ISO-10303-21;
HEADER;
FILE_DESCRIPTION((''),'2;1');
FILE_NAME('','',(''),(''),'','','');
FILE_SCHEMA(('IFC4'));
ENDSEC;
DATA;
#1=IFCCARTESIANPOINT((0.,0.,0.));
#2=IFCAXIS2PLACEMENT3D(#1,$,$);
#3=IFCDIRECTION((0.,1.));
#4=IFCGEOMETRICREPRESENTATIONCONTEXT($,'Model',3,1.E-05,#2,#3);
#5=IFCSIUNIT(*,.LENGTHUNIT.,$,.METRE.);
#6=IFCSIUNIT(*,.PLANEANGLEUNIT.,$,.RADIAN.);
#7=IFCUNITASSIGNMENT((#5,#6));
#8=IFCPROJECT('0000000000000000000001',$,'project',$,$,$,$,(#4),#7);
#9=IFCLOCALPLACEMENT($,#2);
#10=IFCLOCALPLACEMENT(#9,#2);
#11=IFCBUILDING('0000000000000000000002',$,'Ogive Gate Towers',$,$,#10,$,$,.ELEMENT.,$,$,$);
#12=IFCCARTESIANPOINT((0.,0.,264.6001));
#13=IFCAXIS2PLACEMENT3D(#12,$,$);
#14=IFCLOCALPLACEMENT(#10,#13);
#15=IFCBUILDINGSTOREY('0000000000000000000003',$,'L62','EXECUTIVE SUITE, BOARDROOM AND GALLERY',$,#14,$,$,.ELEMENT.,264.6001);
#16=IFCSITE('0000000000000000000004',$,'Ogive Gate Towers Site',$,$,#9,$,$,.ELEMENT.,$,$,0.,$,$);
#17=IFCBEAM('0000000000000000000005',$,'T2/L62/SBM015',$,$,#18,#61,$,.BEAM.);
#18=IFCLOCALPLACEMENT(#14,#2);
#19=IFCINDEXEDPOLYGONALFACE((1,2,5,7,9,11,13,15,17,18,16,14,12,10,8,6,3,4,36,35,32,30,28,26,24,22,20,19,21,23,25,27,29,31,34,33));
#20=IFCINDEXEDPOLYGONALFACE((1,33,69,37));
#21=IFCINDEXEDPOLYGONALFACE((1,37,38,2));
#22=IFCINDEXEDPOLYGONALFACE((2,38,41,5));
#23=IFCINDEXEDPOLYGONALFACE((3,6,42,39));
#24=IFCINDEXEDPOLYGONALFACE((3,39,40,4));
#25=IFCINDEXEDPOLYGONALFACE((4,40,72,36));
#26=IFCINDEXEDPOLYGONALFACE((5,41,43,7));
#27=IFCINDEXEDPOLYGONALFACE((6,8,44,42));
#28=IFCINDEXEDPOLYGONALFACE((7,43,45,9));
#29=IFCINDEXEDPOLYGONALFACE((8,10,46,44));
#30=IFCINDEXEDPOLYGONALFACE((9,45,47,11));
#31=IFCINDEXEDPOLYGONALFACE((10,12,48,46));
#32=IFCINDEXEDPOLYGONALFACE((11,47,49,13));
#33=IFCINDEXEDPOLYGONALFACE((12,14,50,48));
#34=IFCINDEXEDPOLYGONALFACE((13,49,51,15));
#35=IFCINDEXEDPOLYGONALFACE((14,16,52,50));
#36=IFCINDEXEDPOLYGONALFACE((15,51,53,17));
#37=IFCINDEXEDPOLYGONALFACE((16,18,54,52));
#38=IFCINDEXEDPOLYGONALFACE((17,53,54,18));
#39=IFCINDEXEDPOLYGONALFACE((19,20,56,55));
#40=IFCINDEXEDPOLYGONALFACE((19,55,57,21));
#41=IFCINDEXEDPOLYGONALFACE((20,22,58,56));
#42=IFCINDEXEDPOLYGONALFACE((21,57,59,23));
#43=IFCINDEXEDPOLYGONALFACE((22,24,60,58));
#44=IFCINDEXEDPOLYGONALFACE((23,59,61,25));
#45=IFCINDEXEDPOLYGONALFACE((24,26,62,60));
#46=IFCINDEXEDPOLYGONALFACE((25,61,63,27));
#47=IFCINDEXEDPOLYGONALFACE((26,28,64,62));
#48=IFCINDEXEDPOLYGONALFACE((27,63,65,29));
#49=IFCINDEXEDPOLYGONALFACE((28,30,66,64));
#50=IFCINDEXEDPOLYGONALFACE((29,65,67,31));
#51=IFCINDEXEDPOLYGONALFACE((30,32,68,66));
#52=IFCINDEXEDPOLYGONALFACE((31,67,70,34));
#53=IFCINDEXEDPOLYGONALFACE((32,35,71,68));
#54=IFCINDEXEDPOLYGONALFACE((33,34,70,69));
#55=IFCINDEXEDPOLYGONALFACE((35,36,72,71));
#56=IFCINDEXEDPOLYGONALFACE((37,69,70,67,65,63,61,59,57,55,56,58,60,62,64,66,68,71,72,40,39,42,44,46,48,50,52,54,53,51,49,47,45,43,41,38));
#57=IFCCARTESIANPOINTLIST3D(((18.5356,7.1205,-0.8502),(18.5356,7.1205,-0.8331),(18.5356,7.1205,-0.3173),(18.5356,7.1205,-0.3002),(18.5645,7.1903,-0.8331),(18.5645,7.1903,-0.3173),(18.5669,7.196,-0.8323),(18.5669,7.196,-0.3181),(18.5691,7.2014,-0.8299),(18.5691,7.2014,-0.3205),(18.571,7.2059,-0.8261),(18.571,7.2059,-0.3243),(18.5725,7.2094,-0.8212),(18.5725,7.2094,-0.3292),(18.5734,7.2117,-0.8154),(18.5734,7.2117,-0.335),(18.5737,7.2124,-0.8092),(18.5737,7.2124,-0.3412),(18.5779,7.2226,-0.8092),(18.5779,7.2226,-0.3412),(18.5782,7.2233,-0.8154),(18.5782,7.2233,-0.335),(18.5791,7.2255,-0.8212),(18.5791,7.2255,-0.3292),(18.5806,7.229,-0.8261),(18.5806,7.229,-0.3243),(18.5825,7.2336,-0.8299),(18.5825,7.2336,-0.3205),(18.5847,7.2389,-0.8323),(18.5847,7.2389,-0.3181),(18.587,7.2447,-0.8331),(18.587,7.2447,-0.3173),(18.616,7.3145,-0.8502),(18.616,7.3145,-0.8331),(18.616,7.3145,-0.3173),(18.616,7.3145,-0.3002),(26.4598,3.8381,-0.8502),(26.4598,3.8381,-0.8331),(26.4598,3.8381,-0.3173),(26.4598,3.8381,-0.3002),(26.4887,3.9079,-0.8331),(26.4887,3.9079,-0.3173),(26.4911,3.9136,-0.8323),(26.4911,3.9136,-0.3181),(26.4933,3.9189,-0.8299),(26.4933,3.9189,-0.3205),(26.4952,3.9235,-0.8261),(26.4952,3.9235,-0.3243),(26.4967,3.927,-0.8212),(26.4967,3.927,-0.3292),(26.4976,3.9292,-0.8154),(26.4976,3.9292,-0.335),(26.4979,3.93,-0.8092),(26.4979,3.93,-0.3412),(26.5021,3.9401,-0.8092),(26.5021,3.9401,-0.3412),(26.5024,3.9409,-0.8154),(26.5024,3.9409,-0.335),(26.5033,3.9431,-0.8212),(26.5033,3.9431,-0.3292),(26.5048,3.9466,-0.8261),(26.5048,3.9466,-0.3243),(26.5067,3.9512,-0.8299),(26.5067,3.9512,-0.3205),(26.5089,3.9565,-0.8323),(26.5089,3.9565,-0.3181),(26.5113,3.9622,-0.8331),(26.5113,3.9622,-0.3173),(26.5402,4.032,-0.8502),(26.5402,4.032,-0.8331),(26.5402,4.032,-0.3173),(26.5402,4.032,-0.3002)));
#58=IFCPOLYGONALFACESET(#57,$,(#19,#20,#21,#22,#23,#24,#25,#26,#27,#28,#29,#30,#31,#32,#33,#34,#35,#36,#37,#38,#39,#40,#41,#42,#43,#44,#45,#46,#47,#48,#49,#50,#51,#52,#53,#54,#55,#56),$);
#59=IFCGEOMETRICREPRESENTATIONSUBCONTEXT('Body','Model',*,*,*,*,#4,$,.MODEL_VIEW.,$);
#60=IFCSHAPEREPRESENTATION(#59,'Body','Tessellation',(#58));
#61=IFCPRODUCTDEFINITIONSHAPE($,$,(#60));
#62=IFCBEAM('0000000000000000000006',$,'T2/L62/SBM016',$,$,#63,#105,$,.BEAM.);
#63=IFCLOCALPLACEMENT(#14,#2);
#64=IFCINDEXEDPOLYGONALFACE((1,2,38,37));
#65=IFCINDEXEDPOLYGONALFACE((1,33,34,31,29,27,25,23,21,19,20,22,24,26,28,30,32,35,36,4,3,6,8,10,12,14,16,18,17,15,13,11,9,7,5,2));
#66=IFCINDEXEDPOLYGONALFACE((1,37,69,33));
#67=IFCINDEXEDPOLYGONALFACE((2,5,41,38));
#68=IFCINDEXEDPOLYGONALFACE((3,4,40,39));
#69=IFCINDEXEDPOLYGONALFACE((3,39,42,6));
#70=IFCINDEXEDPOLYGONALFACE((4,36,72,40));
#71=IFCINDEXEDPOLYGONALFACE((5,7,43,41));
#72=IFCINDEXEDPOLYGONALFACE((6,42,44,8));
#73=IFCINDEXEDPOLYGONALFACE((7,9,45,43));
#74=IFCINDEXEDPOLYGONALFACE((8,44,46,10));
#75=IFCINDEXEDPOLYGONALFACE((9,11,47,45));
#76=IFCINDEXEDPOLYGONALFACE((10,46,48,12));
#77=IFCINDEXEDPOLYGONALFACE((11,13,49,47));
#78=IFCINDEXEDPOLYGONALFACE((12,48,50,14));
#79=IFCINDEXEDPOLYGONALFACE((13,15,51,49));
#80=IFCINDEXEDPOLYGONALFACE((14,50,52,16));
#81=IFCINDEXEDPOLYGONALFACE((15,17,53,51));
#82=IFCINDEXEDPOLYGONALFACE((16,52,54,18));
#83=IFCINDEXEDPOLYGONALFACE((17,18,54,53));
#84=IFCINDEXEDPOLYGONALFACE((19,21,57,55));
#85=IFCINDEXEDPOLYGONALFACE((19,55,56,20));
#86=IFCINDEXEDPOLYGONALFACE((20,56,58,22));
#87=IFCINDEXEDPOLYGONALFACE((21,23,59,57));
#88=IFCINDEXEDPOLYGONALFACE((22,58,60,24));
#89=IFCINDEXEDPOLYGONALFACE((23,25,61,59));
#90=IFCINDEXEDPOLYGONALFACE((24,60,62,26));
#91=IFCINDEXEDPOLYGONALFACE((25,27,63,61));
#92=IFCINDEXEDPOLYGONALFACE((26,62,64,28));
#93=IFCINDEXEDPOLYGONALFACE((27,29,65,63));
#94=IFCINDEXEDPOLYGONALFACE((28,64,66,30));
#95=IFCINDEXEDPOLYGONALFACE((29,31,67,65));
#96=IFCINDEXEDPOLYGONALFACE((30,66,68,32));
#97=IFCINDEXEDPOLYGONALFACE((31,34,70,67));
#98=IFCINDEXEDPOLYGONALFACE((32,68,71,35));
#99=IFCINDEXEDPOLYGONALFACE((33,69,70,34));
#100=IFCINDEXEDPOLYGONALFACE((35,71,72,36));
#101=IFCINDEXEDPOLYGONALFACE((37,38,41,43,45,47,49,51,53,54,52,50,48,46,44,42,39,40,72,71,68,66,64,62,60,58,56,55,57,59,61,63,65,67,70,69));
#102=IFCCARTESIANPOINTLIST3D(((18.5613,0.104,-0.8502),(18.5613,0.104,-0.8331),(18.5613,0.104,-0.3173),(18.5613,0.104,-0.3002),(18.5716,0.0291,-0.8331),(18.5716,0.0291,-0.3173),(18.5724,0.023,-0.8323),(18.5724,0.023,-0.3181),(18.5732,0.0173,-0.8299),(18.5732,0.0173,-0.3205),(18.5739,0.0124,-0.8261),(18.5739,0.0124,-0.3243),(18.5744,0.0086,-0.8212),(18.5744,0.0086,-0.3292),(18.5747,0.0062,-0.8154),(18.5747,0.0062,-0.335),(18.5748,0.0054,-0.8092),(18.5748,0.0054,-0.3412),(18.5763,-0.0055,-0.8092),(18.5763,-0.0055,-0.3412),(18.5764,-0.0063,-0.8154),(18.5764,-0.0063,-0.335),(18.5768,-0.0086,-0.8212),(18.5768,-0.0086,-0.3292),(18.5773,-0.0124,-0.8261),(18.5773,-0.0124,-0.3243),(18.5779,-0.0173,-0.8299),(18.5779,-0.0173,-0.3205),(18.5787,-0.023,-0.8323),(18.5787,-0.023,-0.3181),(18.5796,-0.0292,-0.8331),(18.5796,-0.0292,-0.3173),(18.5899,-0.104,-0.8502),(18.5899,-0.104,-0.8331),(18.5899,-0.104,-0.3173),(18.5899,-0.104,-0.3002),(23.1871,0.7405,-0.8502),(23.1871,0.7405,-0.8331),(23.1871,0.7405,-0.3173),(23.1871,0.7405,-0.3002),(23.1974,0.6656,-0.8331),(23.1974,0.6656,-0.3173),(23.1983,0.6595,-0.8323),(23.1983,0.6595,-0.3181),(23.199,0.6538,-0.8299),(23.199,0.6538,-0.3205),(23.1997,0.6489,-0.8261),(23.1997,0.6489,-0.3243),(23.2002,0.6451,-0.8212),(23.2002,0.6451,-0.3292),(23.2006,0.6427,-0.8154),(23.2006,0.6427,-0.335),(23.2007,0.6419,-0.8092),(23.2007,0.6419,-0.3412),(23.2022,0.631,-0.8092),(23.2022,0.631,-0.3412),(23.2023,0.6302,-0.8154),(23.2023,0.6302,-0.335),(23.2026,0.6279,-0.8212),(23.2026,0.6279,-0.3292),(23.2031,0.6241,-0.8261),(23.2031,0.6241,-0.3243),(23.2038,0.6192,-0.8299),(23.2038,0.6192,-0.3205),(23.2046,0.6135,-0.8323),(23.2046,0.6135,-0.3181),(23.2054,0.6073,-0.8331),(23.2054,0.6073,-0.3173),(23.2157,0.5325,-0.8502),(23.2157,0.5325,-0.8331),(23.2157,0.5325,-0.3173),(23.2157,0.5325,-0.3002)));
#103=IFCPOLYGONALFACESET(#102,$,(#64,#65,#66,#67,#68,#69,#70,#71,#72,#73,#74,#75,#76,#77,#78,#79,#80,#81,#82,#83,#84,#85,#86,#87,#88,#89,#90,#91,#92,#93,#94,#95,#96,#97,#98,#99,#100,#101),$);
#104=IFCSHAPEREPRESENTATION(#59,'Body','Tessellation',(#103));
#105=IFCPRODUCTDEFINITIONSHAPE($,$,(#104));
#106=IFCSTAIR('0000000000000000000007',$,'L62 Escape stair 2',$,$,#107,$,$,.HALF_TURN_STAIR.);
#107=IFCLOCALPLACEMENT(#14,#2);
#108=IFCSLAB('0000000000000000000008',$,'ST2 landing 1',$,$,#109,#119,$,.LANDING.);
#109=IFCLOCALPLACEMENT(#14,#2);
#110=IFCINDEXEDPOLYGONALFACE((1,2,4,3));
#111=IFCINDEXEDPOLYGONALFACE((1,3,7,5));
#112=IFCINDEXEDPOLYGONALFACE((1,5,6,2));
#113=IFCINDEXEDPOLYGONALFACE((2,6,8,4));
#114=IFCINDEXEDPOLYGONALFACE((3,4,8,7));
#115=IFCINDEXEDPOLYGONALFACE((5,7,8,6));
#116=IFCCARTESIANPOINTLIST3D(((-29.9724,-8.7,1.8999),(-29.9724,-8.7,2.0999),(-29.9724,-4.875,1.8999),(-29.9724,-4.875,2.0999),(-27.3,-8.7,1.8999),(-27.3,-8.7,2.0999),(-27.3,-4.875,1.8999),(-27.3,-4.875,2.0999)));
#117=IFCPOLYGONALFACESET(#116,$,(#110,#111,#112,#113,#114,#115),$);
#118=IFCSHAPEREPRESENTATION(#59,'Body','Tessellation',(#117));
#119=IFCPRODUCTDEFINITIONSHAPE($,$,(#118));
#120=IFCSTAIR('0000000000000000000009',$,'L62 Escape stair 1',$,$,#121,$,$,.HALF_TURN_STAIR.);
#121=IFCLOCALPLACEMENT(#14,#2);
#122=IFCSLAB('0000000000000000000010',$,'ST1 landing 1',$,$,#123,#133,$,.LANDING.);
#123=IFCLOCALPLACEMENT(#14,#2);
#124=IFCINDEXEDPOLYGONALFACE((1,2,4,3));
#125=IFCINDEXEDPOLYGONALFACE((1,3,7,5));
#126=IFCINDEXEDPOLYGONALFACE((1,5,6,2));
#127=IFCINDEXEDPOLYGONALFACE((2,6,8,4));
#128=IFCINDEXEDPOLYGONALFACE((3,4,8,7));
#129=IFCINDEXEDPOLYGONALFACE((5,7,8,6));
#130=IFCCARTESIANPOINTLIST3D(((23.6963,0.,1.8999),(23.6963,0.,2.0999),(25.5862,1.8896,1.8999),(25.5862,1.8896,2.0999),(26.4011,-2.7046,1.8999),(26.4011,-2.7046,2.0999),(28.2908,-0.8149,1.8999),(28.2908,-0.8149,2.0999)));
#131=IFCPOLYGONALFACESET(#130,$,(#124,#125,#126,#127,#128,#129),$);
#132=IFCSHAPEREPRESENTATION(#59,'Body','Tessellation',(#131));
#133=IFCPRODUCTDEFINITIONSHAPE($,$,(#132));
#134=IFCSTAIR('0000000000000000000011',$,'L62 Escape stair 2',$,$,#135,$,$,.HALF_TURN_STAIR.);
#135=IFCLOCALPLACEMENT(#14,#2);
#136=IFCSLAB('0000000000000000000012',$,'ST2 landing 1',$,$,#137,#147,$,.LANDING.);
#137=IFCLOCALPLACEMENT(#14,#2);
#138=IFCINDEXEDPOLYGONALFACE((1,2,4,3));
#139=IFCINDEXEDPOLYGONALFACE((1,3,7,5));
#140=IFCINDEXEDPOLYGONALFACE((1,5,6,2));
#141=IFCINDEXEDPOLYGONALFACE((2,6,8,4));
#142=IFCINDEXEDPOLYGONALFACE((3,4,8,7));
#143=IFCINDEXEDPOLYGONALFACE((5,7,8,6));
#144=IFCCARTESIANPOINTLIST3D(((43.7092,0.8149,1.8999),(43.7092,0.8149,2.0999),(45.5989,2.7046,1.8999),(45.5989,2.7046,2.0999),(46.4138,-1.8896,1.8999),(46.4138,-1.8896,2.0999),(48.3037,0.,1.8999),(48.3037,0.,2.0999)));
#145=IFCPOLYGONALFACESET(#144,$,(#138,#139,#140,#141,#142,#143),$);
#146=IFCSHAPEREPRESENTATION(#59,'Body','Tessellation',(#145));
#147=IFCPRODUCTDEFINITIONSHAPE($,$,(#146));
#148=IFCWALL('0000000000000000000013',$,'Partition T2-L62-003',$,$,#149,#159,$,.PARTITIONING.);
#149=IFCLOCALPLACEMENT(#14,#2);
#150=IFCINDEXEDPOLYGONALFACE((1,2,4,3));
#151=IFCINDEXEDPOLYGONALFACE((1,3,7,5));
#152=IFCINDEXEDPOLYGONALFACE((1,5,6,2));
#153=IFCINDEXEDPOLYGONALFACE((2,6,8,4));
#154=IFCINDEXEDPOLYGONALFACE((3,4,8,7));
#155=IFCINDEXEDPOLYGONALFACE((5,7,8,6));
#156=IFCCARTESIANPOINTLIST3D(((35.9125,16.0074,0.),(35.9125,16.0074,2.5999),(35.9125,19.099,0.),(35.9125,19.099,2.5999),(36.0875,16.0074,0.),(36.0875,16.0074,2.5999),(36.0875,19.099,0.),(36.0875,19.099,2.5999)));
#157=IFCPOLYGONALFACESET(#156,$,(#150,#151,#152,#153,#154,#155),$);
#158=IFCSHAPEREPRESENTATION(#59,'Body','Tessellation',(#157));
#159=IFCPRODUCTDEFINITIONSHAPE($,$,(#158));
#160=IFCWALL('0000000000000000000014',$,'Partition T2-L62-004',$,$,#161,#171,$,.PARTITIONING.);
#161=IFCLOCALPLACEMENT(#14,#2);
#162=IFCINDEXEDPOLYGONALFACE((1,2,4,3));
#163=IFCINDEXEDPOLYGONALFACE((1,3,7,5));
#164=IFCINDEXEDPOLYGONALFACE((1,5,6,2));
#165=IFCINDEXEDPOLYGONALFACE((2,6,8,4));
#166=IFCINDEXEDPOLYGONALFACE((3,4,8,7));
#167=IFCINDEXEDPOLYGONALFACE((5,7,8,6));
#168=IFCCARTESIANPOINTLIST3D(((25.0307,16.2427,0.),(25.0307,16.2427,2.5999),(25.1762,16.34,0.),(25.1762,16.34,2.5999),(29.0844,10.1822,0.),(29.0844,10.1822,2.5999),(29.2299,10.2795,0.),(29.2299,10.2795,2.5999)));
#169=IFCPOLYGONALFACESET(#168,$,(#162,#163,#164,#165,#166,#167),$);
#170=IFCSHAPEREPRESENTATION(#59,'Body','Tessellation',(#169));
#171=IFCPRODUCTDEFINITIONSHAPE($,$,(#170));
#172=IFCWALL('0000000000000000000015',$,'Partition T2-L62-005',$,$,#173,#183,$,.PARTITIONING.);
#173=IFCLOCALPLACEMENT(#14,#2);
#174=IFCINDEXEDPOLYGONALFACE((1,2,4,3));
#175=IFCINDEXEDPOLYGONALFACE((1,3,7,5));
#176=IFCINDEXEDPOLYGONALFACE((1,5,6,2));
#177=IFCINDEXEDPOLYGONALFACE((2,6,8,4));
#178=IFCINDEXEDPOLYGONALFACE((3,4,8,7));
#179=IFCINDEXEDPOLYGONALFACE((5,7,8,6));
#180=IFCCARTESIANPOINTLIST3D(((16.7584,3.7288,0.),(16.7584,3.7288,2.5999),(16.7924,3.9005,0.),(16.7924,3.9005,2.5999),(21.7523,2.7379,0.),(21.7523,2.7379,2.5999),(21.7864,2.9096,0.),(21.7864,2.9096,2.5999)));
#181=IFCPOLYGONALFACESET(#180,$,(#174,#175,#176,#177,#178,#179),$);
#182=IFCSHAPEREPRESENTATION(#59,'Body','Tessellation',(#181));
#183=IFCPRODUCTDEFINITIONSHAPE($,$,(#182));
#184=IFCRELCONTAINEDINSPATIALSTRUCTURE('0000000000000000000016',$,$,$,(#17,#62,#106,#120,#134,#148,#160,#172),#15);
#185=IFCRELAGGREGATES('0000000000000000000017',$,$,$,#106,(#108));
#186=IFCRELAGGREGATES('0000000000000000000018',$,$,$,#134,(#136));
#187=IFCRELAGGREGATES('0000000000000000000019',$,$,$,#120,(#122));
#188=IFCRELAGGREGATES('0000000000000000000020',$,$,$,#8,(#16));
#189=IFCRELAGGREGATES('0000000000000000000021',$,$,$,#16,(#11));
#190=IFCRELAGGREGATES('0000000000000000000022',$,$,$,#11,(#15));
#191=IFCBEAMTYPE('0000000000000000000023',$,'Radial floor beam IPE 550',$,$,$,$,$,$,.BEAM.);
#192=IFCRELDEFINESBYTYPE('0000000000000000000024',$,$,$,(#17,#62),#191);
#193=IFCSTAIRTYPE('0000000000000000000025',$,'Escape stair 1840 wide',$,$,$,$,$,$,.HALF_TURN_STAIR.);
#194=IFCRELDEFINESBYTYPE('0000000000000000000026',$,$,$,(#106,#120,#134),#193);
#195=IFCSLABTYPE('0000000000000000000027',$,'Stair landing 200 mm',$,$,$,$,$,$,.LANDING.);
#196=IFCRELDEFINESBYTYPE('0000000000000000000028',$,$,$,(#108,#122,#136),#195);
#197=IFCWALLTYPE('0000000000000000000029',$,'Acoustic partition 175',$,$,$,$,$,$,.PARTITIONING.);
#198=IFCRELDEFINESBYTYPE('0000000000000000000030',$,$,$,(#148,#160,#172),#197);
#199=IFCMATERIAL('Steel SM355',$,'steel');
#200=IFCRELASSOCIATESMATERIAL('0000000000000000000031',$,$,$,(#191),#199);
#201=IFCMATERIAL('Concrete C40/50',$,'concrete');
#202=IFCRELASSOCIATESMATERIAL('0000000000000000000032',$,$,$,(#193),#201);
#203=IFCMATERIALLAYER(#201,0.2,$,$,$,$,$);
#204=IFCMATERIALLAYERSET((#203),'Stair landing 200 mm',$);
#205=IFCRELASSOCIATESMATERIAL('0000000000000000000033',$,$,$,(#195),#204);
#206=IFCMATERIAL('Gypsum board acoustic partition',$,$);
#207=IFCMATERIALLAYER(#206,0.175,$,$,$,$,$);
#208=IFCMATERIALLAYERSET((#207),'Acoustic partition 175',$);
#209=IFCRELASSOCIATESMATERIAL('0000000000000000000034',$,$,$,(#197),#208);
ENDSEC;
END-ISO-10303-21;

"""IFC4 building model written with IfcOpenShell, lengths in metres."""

from ifc_helpers import new_model, si_unit, direction, frame, frame_2d, origin, origin_2d, place, context, subcontext, project, spatial, polyline, rectangle, i_section, outline, extrude, material, layer, layer_set, material_profile, profile_set, type_object, element, aggregate, save


model = new_model("IFC4")

# Units and contexts
model_context = context("Model", 3, precision=1e-05, world=origin(), true_north=direction((0.0, 1.0)))
body_context = subcontext(model_context, "Body", "Model", "MODEL_VIEW")
ifc_project = project(units=[si_unit("LENGTHUNIT", "METRE"), si_unit("PLANEANGLEUNIT", "RADIAN")], contexts=[model_context])

# Site, building, storey
site_placement = place(None, origin())
site = spatial("IfcSite", under=ifc_project, at=site_placement, Name="Ogive Gate Towers Site", CompositionType="ELEMENT", RefElevation=0.0)
building_placement = place(site_placement, origin())
building = spatial("IfcBuilding", under=site, at=building_placement, Name="Ogive Gate Towers", CompositionType="ELEMENT")
storey_placement = place(building_placement, frame((0.0, 0.0, 264.6001)))
storey = spatial("IfcBuildingStorey", under=building, at=storey_placement, Name="L62", Description="EXECUTIVE SUITE, BOARDROOM AND GALLERY", CompositionType="ELEMENT", Elevation=264.6001)

# Beams
ifc_material_1 = material(Name="Concrete C40/50", Category="concrete")
ifc_material_2 = material(Name="Steel SM355", Category="steel")
ifc_material_profile_1 = material_profile(ifc_material_2, i_section(OverallWidth=0.21, OverallDepth=0.55, WebThickness=0.011, FlangeThickness=0.0171, FilletRadius=0.0239, at=origin_2d()), Name="IPE 550")
ifc_profile_set_1 = profile_set([ifc_material_profile_1], Name="Steel SM355")
beam_type_1 = type_object("IfcBeamType", Name="Radial floor beam IPE 550", PredefinedType="BEAM", material=ifc_profile_set_1)
beam_1_placement = place(storey_placement, frame((26.5, 3.9351, -0.5752), z_axis=(-0.923875, 0.382695, 0.0), x_axis=(-0.382695, -0.923875, 0.0)))
element("IfcBeam", 1, at=beam_1_placement, inside=storey, type_object=beam_type_1, Name="T2/L62/SBM015", PredefinedType="BEAM", context=body_context, shape_type="SweptSolid", body=[
    extrude(i_section(OverallWidth=0.21, OverallDepth=0.55, WebThickness=0.011, FlangeThickness=0.0171, FilletRadius=0.0239, at=origin_2d()), origin(), (0.0, 0.0, 1.0), 8.5771),
])
beam_2_placement = place(storey_placement, frame((23.2014, 0.6365, -0.5752), z_axis=(-0.990666, -0.13631, 0.0), x_axis=(0.13631, -0.990666, 0.0)))
element("IfcBeam", 2, at=beam_2_placement, inside=storey, type_object=beam_type_1, Name="T2/L62/SBM016", PredefinedType="BEAM", context=body_context, shape_type="SweptSolid", body=[
    extrude(i_section(OverallWidth=0.21, OverallDepth=0.55, WebThickness=0.011, FlangeThickness=0.0171, FilletRadius=0.0239, at=origin_2d()), origin(), (0.0, 0.0, 1.0), 4.6694),
])

# Stairs, slabs
stair_type = type_object("IfcStairType", Name="Escape stair 1840 wide", PredefinedType="HALF_TURN_STAIR", material=ifc_material_1)
stair_1_placement = place(storey_placement, origin())
stair_1 = element("IfcStair", 3, at=stair_1_placement, inside=storey, type_object=stair_type, Name="L62 Escape stair 2", PredefinedType="HALF_TURN_STAIR")
ifc_layer_1 = layer(ifc_material_1, 0.2)
ifc_layer_set_1 = layer_set([ifc_layer_1], Name="Stair landing 200 mm")
slab_type = type_object("IfcSlabType", Name="Stair landing 200 mm", PredefinedType="LANDING", material=ifc_layer_set_1)
slab_1_placement = place(storey_placement, frame((0.0, 0.0, 1.8999)))
slab_1 = element("IfcSlab", 4, at=slab_1_placement, type_object=slab_type, Name="ST2 landing 1", PredefinedType="LANDING", context=body_context, shape_type="SweptSolid", body=[
    extrude(outline(polyline([(-29.9724, -8.7), (-27.3, -8.7), (-27.3, -4.875), (-29.9724, -4.875), (-29.9724, -8.7)])), origin(), (0.0, 0.0, 1.0), 0.2),
])
aggregate(stair_1, [slab_1])
stair_2_placement = place(storey_placement, origin())
stair_2 = element("IfcStair", 5, at=stair_2_placement, inside=storey, type_object=stair_type, Name="L62 Escape stair 1", PredefinedType="HALF_TURN_STAIR")
slab_2_placement = place(storey_placement, frame((0.0, 0.0, 1.8999)))
slab_2 = element("IfcSlab", 6, at=slab_2_placement, type_object=slab_type, Name="ST1 landing 1", PredefinedType="LANDING", context=body_context, shape_type="SweptSolid", body=[
    extrude(outline(polyline([(25.5862, 1.8896), (23.6963, 0.0), (26.4011, -2.7046), (28.2908, -0.8149), (25.5862, 1.8896)])), origin(), (0.0, 0.0, 1.0), 0.2),
])
stair_3_placement = place(storey_placement, origin())
stair_3 = element("IfcStair", 7, at=stair_3_placement, inside=storey, type_object=stair_type, Name="L62 Escape stair 2", PredefinedType="HALF_TURN_STAIR")
slab_3_placement = place(storey_placement, frame((0.0, 0.0, 1.8999)))
slab_3 = element("IfcSlab", 8, at=slab_3_placement, type_object=slab_type, Name="ST2 landing 1", PredefinedType="LANDING", context=body_context, shape_type="SweptSolid", body=[
    extrude(outline(polyline([(46.4138, -1.8896), (48.3037, 0.0), (45.5989, 2.7046), (43.7092, 0.8149), (46.4138, -1.8896)])), origin(), (0.0, 0.0, 1.0), 0.2),
])
aggregate(stair_3, [slab_3])

# Walls
ifc_material_3 = material(Name="Gypsum board acoustic partition")
ifc_layer_2 = layer(ifc_material_3, 0.175)
ifc_layer_set_2 = layer_set([ifc_layer_2], Name="Acoustic partition 175")
wall_type_1 = type_object("IfcWallType", Name="Acoustic partition 175", PredefinedType="PARTITIONING", material=ifc_layer_set_2)
wall_1_placement = place(storey_placement, frame((36.0, 19.0991, 0.0), z_axis=(0.0, 0.0, 1.0), x_axis=(0.0, -1.0, 0.0)))
element("IfcWall", 9, at=wall_1_placement, inside=storey, type_object=wall_type_1, Name="Partition T2-L62-003", PredefinedType="PARTITIONING", context=body_context, shape_type="SweptSolid", body=[
    extrude(rectangle(XDim=3.0916, YDim=0.175, at=frame_2d((1.5459, 0.0))), origin(), (0.0, 0.0, 1.0), 2.5999),
])
wall_2_placement = place(storey_placement, frame((25.1035, 16.2913, 0.0), z_axis=(0.0, 0.0, 1.0), x_axis=(0.555967, -0.831205, 0.0)))
element("IfcWall", 10, at=wall_2_placement, inside=storey, type_object=wall_type_1, Name="Partition T2-L62-004", PredefinedType="PARTITIONING", context=body_context, shape_type="SweptSolid", body=[
    extrude(rectangle(XDim=7.2913, YDim=0.175, at=frame_2d((3.6455, 0.0))), origin(), (0.0, 0.0, 1.0), 2.5999),
])
wall_3_placement = place(storey_placement, frame((16.7754, 3.8147, 0.0), z_axis=(0.0, 0.0, 1.0), x_axis=(0.980875, -0.19464, 0.0)))
element("IfcWall", 11, at=wall_3_placement, inside=storey, type_object=wall_type_1, Name="Partition T2-L62-005", PredefinedType="PARTITIONING", context=body_context, shape_type="SweptSolid", body=[
    extrude(rectangle(XDim=5.0913, YDim=0.175, at=frame_2d((2.5457, 0.0))), origin(), (0.0, 0.0, 1.0), 2.5999),
])

aggregate(stair_2, [slab_2])

save(model, "model.ifc")
